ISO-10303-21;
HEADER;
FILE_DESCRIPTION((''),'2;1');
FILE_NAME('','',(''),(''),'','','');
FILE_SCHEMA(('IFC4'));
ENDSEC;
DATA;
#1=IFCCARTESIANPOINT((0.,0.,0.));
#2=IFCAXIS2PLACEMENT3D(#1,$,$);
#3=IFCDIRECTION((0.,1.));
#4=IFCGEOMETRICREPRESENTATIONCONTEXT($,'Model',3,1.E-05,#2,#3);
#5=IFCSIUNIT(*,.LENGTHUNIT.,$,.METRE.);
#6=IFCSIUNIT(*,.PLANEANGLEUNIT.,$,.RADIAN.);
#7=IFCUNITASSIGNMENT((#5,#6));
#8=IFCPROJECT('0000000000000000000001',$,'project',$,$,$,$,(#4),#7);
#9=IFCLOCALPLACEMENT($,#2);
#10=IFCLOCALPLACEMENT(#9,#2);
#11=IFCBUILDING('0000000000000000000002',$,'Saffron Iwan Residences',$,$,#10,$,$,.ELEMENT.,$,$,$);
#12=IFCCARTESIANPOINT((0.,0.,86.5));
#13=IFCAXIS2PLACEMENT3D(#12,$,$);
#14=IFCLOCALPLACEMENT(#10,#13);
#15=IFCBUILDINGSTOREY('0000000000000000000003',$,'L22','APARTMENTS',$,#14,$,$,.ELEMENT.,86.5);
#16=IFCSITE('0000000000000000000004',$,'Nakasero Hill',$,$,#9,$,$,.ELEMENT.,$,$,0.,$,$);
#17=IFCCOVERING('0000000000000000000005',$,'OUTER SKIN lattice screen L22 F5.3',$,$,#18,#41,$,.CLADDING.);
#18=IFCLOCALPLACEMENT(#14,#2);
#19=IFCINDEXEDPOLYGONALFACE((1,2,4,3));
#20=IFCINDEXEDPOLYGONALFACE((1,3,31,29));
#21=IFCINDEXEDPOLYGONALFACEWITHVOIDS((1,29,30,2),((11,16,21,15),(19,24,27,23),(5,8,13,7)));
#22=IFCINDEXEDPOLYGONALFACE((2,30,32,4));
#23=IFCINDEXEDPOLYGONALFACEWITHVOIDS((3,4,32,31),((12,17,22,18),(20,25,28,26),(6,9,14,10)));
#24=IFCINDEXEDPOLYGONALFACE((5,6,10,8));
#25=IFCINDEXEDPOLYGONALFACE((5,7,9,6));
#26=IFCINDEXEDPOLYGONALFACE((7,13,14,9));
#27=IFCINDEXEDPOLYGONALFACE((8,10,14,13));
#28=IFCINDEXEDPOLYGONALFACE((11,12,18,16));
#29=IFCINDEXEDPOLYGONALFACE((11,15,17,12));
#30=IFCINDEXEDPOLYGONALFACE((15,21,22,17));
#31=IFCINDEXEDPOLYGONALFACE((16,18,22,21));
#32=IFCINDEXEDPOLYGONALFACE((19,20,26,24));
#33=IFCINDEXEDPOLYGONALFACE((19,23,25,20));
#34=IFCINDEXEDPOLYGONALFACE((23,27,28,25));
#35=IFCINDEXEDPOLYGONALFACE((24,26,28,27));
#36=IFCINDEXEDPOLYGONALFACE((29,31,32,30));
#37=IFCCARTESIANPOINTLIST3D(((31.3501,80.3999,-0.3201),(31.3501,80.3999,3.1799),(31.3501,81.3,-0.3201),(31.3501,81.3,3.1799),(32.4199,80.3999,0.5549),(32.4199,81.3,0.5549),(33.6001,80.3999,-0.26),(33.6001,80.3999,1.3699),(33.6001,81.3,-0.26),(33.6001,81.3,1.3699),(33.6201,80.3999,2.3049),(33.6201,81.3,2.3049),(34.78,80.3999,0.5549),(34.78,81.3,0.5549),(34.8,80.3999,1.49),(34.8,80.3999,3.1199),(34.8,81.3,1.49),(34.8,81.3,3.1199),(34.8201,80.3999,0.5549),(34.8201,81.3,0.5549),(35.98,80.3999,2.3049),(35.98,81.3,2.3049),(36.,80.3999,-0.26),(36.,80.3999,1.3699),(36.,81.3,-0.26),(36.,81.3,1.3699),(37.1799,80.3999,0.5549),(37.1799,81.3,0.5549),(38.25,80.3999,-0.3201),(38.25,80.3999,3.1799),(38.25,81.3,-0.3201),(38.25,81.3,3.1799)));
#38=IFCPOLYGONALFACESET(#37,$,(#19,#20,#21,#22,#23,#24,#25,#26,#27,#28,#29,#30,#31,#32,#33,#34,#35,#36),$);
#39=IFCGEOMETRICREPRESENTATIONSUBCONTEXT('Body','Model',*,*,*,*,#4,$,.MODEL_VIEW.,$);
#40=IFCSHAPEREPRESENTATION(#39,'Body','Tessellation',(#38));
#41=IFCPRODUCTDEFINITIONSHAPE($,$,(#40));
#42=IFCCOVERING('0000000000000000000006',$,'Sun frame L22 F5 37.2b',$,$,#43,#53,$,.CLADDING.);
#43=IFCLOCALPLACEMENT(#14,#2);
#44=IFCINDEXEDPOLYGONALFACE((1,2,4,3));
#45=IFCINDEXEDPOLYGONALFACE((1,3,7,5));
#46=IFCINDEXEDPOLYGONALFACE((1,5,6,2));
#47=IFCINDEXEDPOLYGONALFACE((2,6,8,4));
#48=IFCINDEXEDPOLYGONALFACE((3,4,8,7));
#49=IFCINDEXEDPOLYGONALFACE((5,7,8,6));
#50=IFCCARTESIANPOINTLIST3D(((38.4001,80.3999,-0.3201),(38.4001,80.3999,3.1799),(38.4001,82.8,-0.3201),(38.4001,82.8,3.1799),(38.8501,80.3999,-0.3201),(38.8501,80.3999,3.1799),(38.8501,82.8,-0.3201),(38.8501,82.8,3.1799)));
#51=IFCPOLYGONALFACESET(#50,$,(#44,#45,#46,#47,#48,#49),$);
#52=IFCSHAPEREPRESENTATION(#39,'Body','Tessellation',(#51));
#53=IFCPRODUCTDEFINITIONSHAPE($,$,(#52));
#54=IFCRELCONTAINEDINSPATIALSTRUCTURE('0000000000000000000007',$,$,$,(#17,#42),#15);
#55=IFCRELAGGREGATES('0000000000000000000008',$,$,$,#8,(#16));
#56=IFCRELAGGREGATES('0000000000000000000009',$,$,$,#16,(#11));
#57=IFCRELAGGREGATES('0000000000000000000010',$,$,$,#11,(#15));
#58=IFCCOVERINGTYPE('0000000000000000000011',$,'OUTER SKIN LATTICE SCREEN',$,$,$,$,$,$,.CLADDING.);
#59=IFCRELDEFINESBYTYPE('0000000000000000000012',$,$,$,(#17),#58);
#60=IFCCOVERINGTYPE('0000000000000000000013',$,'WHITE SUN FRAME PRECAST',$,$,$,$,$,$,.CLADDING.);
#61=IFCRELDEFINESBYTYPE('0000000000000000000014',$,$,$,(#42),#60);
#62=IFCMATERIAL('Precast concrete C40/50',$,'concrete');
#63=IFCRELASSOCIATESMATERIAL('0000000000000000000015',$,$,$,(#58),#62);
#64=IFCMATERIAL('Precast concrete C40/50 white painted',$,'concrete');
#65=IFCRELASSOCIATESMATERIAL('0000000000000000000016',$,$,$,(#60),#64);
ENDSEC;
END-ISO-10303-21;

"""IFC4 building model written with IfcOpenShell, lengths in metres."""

from ifc_helpers import new_model, si_unit, direction, frame, origin, place, context, subcontext, project, spatial, polyline, outline, extrude, material, type_object, element, save


model = new_model("IFC4")

# Units and contexts
model_context = context("Model", 3, precision=1e-05, world=origin(), true_north=direction((0.0, 1.0)))
body_context = subcontext(model_context, "Body", "Model", "MODEL_VIEW")
ifc_project = project(units=[si_unit("LENGTHUNIT", "METRE"), si_unit("PLANEANGLEUNIT", "RADIAN")], contexts=[model_context])

# Site, building, storey
site_placement = place(None, origin())
site = spatial("IfcSite", under=ifc_project, at=site_placement, Name="Nakasero Hill", CompositionType="ELEMENT", RefElevation=0.0)
building_placement = place(site_placement, origin())
building = spatial("IfcBuilding", under=site, at=building_placement, Name="Saffron Iwan Residences", CompositionType="ELEMENT")
storey_placement = place(building_placement, frame((0.0, 0.0, 86.5)))
storey = spatial("IfcBuildingStorey", under=building, at=storey_placement, Name="L22", Description="APARTMENTS", CompositionType="ELEMENT", Elevation=86.5)

# Coverings
ifc_material_1 = material(Name="Precast concrete C40/50", Category="concrete")
covering_type_1 = type_object("IfcCoveringType", Name="OUTER SKIN LATTICE SCREEN", PredefinedType="CLADDING", material=ifc_material_1)
covering_1_placement = place(storey_placement, frame((38.25, 80.3999, -0.3201), z_axis=(0.0, 1.0, 0.0), x_axis=(-1.0, 0.0, 0.0)))
element("IfcCovering", 1, at=covering_1_placement, inside=storey, type_object=covering_type_1, Name="OUTER SKIN lattice screen L22 F5.3", PredefinedType="CLADDING", context=body_context, shape_type="SweptSolid", body=[
    extrude(outline(polyline([(0.0, 0.0), (6.8999, 0.0), (6.8999, 3.5), (0.0, 3.5), (0.0, 0.0)]), holes=[polyline([(1.0701, 0.875), (2.25, 0.0601), (3.4299, 0.875), (2.25, 1.6899), (1.0701, 0.875)]), polyline([(3.47, 0.875), (4.6499, 0.0601), (5.8301, 0.875), (4.6499, 1.6899), (3.47, 0.875)]), polyline([(2.27, 2.625), (3.45, 1.8101), (4.6299, 2.625), (3.45, 3.4399), (2.27, 2.625)])]), origin(), (0.0, 0.0, 1.0), 0.9001),
])
ifc_material_2 = material(Name="Precast concrete C40/50 white painted", Category="concrete")
covering_type_2 = type_object("IfcCoveringType", Name="WHITE SUN FRAME PRECAST", PredefinedType="CLADDING", material=ifc_material_2)
covering_2_placement = place(storey_placement, frame((38.8501, 80.3999, -0.3201), z_axis=(0.0, 1.0, 0.0), x_axis=(-1.0, 0.0, 0.0)))
element("IfcCovering", 2, at=covering_2_placement, inside=storey, type_object=covering_type_2, Name="Sun frame L22 F5 37.2b", PredefinedType="CLADDING", context=body_context, shape_type="SweptSolid", body=[
    extrude(outline(polyline([(0.0, 0.0), (0.45, 0.0), (0.45, 3.5), (0.0, 3.5), (0.0, 0.0)])), origin(), (0.0, 0.0, 1.0), 2.4001),
])

save(model, "model.ifc")
